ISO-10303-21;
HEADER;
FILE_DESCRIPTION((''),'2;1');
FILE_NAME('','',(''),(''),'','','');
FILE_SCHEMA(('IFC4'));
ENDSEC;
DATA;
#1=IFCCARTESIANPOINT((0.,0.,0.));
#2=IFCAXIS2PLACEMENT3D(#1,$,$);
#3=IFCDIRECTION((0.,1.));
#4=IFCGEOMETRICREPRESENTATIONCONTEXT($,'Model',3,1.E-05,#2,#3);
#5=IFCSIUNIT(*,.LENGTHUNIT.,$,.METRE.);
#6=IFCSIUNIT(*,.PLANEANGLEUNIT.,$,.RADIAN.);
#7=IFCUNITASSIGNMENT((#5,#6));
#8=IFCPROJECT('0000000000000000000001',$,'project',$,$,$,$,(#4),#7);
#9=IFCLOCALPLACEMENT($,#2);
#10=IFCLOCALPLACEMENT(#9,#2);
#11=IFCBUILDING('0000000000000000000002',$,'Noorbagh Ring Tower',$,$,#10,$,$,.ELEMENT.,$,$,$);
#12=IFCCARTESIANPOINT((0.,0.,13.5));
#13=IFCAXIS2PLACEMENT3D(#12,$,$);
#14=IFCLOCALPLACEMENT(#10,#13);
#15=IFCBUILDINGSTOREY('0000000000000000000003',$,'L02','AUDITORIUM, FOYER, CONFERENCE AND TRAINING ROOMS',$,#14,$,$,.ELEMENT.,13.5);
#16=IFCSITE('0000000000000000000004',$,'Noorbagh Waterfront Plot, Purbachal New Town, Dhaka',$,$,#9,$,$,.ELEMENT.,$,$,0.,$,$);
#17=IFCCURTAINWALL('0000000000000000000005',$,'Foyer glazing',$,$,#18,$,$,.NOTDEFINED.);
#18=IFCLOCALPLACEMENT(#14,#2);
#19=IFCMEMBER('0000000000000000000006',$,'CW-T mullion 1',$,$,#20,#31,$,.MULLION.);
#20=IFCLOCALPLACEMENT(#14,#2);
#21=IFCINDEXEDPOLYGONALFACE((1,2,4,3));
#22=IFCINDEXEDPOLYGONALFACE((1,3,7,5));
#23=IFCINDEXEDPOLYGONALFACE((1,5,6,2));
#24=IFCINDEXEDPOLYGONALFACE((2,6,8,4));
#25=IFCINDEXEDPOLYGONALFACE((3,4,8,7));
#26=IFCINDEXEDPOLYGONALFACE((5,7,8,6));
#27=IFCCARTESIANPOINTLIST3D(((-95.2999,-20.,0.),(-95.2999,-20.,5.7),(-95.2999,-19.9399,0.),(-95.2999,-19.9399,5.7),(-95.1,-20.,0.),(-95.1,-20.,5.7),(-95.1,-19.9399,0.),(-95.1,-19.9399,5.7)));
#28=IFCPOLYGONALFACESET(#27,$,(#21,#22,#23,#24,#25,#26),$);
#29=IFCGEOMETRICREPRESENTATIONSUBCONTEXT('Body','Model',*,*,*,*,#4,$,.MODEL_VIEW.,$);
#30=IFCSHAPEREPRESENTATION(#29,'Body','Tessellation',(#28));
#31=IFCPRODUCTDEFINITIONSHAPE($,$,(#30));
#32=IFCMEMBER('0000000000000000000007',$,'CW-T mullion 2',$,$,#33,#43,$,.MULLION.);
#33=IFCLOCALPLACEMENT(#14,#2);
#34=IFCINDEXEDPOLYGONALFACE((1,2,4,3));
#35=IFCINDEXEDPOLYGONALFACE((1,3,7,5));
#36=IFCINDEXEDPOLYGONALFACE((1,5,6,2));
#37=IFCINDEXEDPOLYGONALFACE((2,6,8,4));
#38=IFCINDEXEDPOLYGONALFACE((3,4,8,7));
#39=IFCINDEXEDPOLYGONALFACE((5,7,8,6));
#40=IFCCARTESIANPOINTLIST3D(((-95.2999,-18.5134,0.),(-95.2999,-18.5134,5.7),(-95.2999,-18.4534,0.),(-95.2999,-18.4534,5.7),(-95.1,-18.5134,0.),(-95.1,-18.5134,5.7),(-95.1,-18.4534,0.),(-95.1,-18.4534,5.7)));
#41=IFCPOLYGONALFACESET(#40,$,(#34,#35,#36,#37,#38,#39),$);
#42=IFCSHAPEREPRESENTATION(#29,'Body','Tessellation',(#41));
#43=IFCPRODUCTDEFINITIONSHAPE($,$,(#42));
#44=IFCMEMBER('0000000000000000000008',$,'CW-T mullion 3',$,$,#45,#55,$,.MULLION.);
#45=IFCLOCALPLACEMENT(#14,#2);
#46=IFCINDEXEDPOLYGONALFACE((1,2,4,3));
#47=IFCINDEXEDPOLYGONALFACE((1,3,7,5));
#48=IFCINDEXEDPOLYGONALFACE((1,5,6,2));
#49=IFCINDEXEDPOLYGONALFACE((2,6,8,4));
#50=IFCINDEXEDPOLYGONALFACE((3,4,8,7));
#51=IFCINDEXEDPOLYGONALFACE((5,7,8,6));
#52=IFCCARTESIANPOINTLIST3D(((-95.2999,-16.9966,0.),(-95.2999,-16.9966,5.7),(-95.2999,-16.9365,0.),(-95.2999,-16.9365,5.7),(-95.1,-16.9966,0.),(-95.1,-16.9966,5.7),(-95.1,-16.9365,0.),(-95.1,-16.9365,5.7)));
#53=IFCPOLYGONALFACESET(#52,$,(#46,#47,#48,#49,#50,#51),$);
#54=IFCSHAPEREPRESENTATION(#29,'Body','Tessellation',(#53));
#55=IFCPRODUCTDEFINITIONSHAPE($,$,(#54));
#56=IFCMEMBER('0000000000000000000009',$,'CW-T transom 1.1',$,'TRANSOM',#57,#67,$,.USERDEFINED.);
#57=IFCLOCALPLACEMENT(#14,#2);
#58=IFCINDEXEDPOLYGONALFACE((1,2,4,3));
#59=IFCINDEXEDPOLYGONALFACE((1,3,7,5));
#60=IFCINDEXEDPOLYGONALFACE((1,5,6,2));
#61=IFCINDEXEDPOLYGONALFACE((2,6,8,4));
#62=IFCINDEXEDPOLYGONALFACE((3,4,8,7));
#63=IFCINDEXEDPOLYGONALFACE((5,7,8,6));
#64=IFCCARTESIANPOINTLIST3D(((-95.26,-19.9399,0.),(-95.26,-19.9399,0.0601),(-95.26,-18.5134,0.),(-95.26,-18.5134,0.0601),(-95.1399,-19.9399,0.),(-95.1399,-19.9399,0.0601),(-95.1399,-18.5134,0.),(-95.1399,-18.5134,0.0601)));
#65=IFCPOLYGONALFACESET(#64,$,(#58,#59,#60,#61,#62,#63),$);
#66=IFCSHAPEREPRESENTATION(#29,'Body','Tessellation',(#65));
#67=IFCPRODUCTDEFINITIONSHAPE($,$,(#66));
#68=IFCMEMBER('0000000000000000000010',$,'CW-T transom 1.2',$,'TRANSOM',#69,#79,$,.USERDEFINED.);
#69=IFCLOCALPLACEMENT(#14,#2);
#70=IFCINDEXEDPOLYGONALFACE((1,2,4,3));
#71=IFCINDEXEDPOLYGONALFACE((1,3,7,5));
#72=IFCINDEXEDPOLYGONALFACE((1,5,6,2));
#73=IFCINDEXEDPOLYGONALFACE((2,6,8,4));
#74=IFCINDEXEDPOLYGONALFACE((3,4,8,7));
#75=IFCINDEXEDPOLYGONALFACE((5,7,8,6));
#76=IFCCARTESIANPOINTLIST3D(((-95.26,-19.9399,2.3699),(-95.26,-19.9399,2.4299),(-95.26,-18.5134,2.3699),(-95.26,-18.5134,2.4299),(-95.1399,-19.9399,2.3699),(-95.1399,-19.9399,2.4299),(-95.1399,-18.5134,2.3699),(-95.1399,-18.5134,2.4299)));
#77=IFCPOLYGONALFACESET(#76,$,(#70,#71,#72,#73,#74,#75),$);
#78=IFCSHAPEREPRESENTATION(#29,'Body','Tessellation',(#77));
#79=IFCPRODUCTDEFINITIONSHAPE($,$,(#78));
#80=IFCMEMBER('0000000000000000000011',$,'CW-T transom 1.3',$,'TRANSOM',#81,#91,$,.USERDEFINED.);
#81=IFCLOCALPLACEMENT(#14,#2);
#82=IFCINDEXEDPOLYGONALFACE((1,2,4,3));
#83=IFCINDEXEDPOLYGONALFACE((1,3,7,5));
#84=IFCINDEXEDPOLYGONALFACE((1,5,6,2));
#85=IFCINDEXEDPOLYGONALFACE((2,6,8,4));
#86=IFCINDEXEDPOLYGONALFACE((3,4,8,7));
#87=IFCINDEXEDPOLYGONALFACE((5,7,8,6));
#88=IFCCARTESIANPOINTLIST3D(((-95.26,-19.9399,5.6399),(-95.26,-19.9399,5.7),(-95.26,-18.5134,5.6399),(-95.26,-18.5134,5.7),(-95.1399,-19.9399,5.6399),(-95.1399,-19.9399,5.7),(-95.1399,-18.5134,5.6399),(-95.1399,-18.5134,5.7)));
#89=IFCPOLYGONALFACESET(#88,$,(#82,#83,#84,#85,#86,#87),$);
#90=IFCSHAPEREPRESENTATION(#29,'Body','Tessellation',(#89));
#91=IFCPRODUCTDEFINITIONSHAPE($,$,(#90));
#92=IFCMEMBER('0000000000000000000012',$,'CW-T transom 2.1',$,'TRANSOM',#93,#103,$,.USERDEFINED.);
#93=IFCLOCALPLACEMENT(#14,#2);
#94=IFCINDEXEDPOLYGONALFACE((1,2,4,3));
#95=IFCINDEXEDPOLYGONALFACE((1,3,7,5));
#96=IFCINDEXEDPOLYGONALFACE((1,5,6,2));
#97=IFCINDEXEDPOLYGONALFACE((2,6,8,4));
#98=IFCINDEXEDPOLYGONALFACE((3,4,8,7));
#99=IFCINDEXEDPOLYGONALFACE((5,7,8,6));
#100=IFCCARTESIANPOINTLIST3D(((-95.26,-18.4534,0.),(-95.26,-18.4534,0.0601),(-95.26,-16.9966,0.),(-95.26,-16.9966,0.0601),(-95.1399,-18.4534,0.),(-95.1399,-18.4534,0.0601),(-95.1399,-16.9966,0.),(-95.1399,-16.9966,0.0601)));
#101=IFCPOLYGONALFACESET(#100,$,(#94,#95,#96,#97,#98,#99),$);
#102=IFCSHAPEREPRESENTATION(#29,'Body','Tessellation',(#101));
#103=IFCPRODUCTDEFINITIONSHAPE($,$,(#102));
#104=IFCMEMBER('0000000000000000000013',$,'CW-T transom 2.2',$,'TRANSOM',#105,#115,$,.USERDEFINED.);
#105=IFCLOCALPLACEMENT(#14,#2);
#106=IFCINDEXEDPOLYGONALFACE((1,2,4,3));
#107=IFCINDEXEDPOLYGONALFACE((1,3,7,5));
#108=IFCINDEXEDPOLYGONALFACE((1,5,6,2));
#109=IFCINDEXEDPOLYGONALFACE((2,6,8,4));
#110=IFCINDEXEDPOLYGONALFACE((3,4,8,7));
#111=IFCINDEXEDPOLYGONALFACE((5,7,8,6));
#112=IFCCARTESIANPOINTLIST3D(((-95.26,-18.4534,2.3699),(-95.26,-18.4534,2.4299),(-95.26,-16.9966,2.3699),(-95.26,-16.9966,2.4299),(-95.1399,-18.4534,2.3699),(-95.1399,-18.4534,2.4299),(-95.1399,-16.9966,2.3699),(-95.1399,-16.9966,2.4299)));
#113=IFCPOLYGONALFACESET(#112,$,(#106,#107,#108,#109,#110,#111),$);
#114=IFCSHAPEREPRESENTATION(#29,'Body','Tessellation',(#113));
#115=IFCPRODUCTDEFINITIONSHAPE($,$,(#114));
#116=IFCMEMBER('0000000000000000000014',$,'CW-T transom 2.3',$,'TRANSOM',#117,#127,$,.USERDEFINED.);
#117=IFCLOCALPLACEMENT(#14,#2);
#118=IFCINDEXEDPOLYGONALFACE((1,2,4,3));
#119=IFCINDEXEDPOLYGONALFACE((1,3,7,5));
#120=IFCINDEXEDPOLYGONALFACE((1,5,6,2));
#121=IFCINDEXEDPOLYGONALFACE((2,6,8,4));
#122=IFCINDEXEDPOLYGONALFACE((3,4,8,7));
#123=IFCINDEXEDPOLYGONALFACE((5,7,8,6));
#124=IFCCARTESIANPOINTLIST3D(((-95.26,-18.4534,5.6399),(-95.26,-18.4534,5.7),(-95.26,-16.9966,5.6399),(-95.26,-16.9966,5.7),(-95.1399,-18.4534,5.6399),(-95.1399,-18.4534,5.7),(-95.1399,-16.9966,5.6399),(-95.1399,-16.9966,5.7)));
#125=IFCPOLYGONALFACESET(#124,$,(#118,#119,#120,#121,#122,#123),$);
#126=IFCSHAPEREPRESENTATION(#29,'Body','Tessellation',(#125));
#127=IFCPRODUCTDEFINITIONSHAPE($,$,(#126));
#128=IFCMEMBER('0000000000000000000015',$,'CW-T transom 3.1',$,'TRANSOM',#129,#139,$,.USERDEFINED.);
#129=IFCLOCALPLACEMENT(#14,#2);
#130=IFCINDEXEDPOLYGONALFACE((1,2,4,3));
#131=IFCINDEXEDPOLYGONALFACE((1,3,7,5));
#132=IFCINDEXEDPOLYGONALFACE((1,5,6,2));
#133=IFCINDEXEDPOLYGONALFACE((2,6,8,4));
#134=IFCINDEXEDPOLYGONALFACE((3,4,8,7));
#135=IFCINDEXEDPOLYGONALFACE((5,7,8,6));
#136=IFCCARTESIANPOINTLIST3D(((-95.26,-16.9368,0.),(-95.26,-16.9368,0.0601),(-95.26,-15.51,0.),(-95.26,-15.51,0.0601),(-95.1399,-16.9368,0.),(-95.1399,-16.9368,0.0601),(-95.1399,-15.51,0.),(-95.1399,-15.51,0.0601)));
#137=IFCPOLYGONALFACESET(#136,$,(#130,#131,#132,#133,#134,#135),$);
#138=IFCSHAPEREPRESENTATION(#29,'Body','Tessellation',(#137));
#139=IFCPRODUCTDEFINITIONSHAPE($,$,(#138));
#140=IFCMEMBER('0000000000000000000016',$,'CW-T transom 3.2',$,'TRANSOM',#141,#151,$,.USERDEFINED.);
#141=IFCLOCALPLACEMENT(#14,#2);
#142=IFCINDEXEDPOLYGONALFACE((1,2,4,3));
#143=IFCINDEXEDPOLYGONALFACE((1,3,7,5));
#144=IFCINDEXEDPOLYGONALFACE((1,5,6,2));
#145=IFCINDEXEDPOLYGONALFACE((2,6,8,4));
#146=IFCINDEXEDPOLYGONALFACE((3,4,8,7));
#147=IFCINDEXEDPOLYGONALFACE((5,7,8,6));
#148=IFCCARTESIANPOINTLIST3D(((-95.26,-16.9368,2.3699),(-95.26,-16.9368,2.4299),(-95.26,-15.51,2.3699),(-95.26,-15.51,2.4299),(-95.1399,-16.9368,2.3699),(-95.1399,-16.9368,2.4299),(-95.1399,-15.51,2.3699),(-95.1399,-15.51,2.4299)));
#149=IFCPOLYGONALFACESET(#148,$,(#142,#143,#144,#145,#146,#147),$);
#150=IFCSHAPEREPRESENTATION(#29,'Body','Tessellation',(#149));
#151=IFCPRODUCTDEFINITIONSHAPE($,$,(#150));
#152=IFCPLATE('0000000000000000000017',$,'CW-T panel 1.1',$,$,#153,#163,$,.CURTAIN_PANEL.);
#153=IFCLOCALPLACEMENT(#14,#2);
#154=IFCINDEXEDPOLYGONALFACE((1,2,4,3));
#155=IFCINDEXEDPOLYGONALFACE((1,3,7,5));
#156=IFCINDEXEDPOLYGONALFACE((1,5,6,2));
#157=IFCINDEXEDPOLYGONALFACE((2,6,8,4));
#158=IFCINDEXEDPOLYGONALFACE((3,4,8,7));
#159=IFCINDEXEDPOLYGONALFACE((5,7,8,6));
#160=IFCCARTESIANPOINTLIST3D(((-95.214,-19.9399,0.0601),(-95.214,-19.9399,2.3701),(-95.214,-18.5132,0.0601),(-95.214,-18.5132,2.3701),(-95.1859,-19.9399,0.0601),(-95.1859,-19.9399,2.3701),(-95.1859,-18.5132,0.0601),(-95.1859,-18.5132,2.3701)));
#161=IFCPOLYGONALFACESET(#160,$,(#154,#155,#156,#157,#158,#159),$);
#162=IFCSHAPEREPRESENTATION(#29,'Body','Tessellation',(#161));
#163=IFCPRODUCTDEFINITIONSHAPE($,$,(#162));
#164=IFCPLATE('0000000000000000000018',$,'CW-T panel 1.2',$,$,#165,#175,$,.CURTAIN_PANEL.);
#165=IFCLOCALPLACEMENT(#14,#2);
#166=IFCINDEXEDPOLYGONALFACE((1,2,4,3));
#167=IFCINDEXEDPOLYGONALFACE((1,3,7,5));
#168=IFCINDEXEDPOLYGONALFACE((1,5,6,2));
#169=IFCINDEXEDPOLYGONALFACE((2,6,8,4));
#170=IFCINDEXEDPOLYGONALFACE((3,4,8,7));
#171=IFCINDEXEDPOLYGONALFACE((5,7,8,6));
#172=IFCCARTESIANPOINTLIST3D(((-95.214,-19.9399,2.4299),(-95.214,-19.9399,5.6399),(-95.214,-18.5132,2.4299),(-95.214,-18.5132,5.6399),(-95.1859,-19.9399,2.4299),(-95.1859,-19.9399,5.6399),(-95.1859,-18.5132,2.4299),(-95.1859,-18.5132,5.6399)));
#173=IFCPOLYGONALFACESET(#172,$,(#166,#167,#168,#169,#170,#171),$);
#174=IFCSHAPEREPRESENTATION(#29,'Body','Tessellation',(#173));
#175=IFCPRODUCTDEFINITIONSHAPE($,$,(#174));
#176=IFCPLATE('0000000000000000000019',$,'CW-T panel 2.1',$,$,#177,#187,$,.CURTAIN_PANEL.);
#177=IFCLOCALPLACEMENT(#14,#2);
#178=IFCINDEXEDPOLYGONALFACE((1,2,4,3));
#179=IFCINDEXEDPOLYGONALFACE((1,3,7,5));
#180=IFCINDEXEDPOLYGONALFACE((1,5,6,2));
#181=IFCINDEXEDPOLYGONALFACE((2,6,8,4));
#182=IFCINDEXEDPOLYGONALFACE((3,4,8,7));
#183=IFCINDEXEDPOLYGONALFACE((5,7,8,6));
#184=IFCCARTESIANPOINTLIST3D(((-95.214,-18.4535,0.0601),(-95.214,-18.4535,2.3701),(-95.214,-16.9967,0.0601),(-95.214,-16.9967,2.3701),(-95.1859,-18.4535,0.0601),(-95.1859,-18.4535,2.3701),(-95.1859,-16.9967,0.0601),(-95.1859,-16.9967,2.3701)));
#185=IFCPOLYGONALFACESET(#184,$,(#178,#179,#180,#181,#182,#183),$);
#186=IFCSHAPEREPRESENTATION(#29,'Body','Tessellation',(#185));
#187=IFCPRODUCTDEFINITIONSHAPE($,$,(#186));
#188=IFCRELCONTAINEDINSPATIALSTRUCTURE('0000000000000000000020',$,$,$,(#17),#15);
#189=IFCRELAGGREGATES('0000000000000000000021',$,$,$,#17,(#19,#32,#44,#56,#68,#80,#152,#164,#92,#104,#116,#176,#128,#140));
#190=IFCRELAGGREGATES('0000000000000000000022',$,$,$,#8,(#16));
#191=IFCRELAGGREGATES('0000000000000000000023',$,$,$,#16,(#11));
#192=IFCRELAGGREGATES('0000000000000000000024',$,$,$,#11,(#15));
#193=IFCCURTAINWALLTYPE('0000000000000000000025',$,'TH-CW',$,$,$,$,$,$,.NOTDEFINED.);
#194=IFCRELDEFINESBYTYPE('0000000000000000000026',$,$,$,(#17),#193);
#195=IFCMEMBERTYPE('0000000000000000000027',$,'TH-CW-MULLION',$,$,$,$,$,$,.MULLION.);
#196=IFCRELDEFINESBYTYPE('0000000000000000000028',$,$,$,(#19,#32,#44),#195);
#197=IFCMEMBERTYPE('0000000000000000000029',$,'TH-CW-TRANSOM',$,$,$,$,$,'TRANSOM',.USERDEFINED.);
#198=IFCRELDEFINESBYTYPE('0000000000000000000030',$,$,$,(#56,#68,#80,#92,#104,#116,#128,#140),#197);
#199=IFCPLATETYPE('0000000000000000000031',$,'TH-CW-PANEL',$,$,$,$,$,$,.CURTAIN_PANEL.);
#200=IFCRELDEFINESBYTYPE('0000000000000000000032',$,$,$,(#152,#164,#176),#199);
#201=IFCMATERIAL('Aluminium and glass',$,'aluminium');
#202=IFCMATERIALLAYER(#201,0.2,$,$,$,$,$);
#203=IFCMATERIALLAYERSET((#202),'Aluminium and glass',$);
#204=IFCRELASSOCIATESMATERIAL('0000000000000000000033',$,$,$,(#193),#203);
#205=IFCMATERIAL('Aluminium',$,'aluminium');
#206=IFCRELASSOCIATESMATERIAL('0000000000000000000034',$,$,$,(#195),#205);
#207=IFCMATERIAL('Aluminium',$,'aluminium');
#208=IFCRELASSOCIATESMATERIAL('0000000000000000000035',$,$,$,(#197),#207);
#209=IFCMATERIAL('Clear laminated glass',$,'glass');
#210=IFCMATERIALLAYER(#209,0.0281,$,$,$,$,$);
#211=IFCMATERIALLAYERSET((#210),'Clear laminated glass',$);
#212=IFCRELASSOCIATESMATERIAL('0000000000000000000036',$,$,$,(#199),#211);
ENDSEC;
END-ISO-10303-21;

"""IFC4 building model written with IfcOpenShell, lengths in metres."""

from ifc_helpers import new_model, si_unit, direction, frame, origin, origin_2d, place, context, subcontext, project, spatial, rectangle, extrude, material, layer, layer_set, material_profile, profile_set, type_object, element, aggregate, save


model = new_model("IFC4")

# Units and contexts
model_context = context("Model", 3, precision=1e-05, world=origin(), true_north=direction((0.0, 1.0)))
body_context = subcontext(model_context, "Body", "Model", "MODEL_VIEW")
ifc_project = project(units=[si_unit("LENGTHUNIT", "METRE"), si_unit("PLANEANGLEUNIT", "RADIAN")], contexts=[model_context])

# Site, building, storey
site_placement = place(None, origin())
site = spatial("IfcSite", under=ifc_project, at=site_placement, Name="Noorbagh Waterfront Plot, Purbachal New Town, Dhaka", CompositionType="ELEMENT", RefElevation=0.0)
building_placement = place(site_placement, origin())
building = spatial("IfcBuilding", under=site, at=building_placement, Name="Noorbagh Ring Tower", CompositionType="ELEMENT")
storey_placement = place(building_placement, frame((0.0, 0.0, 13.5)))
storey = spatial("IfcBuildingStorey", under=building, at=storey_placement, Name="L02", Description="AUDITORIUM, FOYER, CONFERENCE AND TRAINING ROOMS", CompositionType="ELEMENT", Elevation=13.5)

# Curtain wall, members, plates
ifc_material_1 = material(Name="Aluminium and glass", Category="aluminium")
ifc_layer_1 = layer(ifc_material_1, 0.2)
ifc_layer_set_1 = layer_set([ifc_layer_1], Name="Aluminium and glass")
curtain_wall_type = type_object("IfcCurtainWallType", Name="TH-CW", PredefinedType="NOTDEFINED", material=ifc_layer_set_1)
curtain_wall_placement = place(storey_placement, origin())
curtain_wall = element("IfcCurtainWall", 1, at=curtain_wall_placement, inside=storey, type_object=curtain_wall_type, Name="Foyer glazing", PredefinedType="NOTDEFINED")
ifc_material_2 = material(Name="Aluminium", Category="aluminium")
ifc_material_profile_1 = material_profile(ifc_material_2, rectangle(XDim=0.2, YDim=0.0601, at=origin_2d()), Name="AL 200x60")
ifc_profile_set_1 = profile_set([ifc_material_profile_1], Name="Aluminium")
member_type_1 = type_object("IfcMemberType", Name="TH-CW-MULLION", PredefinedType="MULLION", material=ifc_profile_set_1)
member_1_placement = place(storey_placement, frame((-95.2, -19.97, 0.0), z_axis=(0.0, 0.0, 1.0), x_axis=(-1.0, 0.0, 0.0)))
member_1 = element("IfcMember", 2, at=member_1_placement, type_object=member_type_1, Name="CW-T mullion 1", PredefinedType="MULLION", context=body_context, shape_type="SweptSolid", body=[
    extrude(rectangle(XDim=0.2, YDim=0.0601, at=origin_2d()), origin(), (0.0, 0.0, 1.0), 5.7),
])
member_2_placement = place(storey_placement, frame((-95.2, -18.4834, 0.0), z_axis=(0.0, 0.0, 1.0), x_axis=(-1.0, 0.0, 0.0)))
member_2 = element("IfcMember", 3, at=member_2_placement, type_object=member_type_1, Name="CW-T mullion 2", PredefinedType="MULLION", context=body_context, shape_type="SweptSolid", body=[
    extrude(rectangle(XDim=0.2, YDim=0.0601, at=origin_2d()), origin(), (0.0, 0.0, 1.0), 5.7),
])
member_3_placement = place(storey_placement, frame((-95.2, -16.9666, 0.0), z_axis=(0.0, 0.0, 1.0), x_axis=(-1.0, 0.0, 0.0)))
member_3 = element("IfcMember", 4, at=member_3_placement, type_object=member_type_1, Name="CW-T mullion 3", PredefinedType="MULLION", context=body_context, shape_type="SweptSolid", body=[
    extrude(rectangle(XDim=0.2, YDim=0.0601, at=origin_2d()), origin(), (0.0, 0.0, 1.0), 5.7),
])
ifc_material_3 = material(Name="Aluminium", Category="aluminium")
ifc_material_profile_2 = material_profile(ifc_material_3, rectangle(XDim=0.1201, YDim=0.0601, at=origin_2d()), Name="AL 120x60")
ifc_profile_set_2 = profile_set([ifc_material_profile_2], Name="Aluminium")
member_type_2 = type_object("IfcMemberType", Name="TH-CW-TRANSOM", ElementType="TRANSOM", PredefinedType="USERDEFINED", material=ifc_profile_set_2)
member_4_placement = place(storey_placement, frame((-95.2, -19.9399, 0.03), z_axis=(0.0, 1.0, 0.0), x_axis=(-1.0, 0.0, 0.0)))
member_4 = element("IfcMember", 5, at=member_4_placement, type_object=member_type_2, Name="CW-T transom 1.1", ObjectType="TRANSOM", PredefinedType="USERDEFINED", context=body_context, shape_type="SweptSolid", body=[
    extrude(rectangle(XDim=0.1201, YDim=0.0601, at=origin_2d()), origin(), (0.0, 0.0, 1.0), 1.4265),
])
member_5_placement = place(storey_placement, frame((-95.2, -19.9399, 2.3999), z_axis=(0.0, 1.0, 0.0), x_axis=(-1.0, 0.0, 0.0)))
member_5 = element("IfcMember", 6, at=member_5_placement, type_object=member_type_2, Name="CW-T transom 1.2", ObjectType="TRANSOM", PredefinedType="USERDEFINED", context=body_context, shape_type="SweptSolid", body=[
    extrude(rectangle(XDim=0.1201, YDim=0.0601, at=origin_2d()), origin(), (0.0, 0.0, 1.0), 1.4265),
])
member_6_placement = place(storey_placement, frame((-95.2, -19.9399, 5.6699), z_axis=(0.0, 1.0, 0.0), x_axis=(-1.0, 0.0, 0.0)))
member_6 = element("IfcMember", 7, at=member_6_placement, type_object=member_type_2, Name="CW-T transom 1.3", ObjectType="TRANSOM", PredefinedType="USERDEFINED", context=body_context, shape_type="SweptSolid", body=[
    extrude(rectangle(XDim=0.1201, YDim=0.0601, at=origin_2d()), origin(), (0.0, 0.0, 1.0), 1.4265),
])
member_7_placement = place(storey_placement, frame((-95.2, -18.4534, 0.03), z_axis=(0.0, 1.0, 0.0), x_axis=(-1.0, 0.0, 0.0)))
member_7 = element("IfcMember", 8, at=member_7_placement, type_object=member_type_2, Name="CW-T transom 2.1", ObjectType="TRANSOM", PredefinedType="USERDEFINED", context=body_context, shape_type="SweptSolid", body=[
    extrude(rectangle(XDim=0.1201, YDim=0.0601, at=origin_2d()), origin(), (0.0, 0.0, 1.0), 1.4568),
])
member_8_placement = place(storey_placement, frame((-95.2, -18.4534, 2.3999), z_axis=(0.0, 1.0, 0.0), x_axis=(-1.0, 0.0, 0.0)))
member_8 = element("IfcMember", 9, at=member_8_placement, type_object=member_type_2, Name="CW-T transom 2.2", ObjectType="TRANSOM", PredefinedType="USERDEFINED", context=body_context, shape_type="SweptSolid", body=[
    extrude(rectangle(XDim=0.1201, YDim=0.0601, at=origin_2d()), origin(), (0.0, 0.0, 1.0), 1.4568),
])
member_9_placement = place(storey_placement, frame((-95.2, -18.4534, 5.6699), z_axis=(0.0, 1.0, 0.0), x_axis=(-1.0, 0.0, 0.0)))
member_9 = element("IfcMember", 10, at=member_9_placement, type_object=member_type_2, Name="CW-T transom 2.3", ObjectType="TRANSOM", PredefinedType="USERDEFINED", context=body_context, shape_type="SweptSolid", body=[
    extrude(rectangle(XDim=0.1201, YDim=0.0601, at=origin_2d()), origin(), (0.0, 0.0, 1.0), 1.4568),
])
member_10_placement = place(storey_placement, frame((-95.2, -16.9368, 0.03), z_axis=(0.0, 1.0, 0.0), x_axis=(-1.0, 0.0, 0.0)))
member_10 = element("IfcMember", 11, at=member_10_placement, type_object=member_type_2, Name="CW-T transom 3.1", ObjectType="TRANSOM", PredefinedType="USERDEFINED", context=body_context, shape_type="SweptSolid", body=[
    extrude(rectangle(XDim=0.1201, YDim=0.0601, at=origin_2d()), origin(), (0.0, 0.0, 1.0), 1.4268),
])
member_11_placement = place(storey_placement, frame((-95.2, -16.9368, 2.3999), z_axis=(0.0, 1.0, 0.0), x_axis=(-1.0, 0.0, 0.0)))
member_11 = element("IfcMember", 12, at=member_11_placement, type_object=member_type_2, Name="CW-T transom 3.2", ObjectType="TRANSOM", PredefinedType="USERDEFINED", context=body_context, shape_type="SweptSolid", body=[
    extrude(rectangle(XDim=0.1201, YDim=0.0601, at=origin_2d()), origin(), (0.0, 0.0, 1.0), 1.4268),
])
ifc_material_4 = material(Name="Clear laminated glass", Category="glass")
ifc_layer_2 = layer(ifc_material_4, 0.0281)
ifc_layer_set_2 = layer_set([ifc_layer_2], Name="Clear laminated glass")
plate_type = type_object("IfcPlateType", Name="TH-CW-PANEL", PredefinedType="CURTAIN_PANEL", material=ifc_layer_set_2)
plate_1_placement = place(storey_placement, frame((-95.2, -19.2266, 0.0601), z_axis=(0.0, 0.0, 1.0), x_axis=(0.0, 1.0, 0.0)))
plate_1 = element("IfcPlate", 13, at=plate_1_placement, type_object=plate_type, Name="CW-T panel 1.1", PredefinedType="CURTAIN_PANEL", context=body_context, shape_type="SweptSolid", body=[
    extrude(rectangle(XDim=1.4268, YDim=0.0281, at=origin_2d()), origin(), (0.0, 0.0, 1.0), 2.3101),
])
plate_2_placement = place(storey_placement, frame((-95.2, -19.2266, 2.4299), z_axis=(0.0, 0.0, 1.0), x_axis=(0.0, 1.0, 0.0)))
plate_2 = element("IfcPlate", 14, at=plate_2_placement, type_object=plate_type, Name="CW-T panel 1.2", PredefinedType="CURTAIN_PANEL", context=body_context, shape_type="SweptSolid", body=[
    extrude(rectangle(XDim=1.4268, YDim=0.0281, at=origin_2d()), origin(), (0.0, 0.0, 1.0), 3.21),
])
plate_3_placement = place(storey_placement, frame((-95.2, -17.7251, 0.0601), z_axis=(0.0, 0.0, 1.0), x_axis=(0.0, 1.0, 0.0)))
plate_3 = element("IfcPlate", 15, at=plate_3_placement, type_object=plate_type, Name="CW-T panel 2.1", PredefinedType="CURTAIN_PANEL", context=body_context, shape_type="SweptSolid", body=[
    extrude(rectangle(XDim=1.4568, YDim=0.0281, at=origin_2d()), origin(), (0.0, 0.0, 1.0), 2.3101),
])
aggregate(curtain_wall, [member_1, member_2, member_3, member_4, member_5, member_6, plate_1, plate_2, member_7, member_8, member_9, plate_3, member_10, member_11])

save(model, "model.ifc")
